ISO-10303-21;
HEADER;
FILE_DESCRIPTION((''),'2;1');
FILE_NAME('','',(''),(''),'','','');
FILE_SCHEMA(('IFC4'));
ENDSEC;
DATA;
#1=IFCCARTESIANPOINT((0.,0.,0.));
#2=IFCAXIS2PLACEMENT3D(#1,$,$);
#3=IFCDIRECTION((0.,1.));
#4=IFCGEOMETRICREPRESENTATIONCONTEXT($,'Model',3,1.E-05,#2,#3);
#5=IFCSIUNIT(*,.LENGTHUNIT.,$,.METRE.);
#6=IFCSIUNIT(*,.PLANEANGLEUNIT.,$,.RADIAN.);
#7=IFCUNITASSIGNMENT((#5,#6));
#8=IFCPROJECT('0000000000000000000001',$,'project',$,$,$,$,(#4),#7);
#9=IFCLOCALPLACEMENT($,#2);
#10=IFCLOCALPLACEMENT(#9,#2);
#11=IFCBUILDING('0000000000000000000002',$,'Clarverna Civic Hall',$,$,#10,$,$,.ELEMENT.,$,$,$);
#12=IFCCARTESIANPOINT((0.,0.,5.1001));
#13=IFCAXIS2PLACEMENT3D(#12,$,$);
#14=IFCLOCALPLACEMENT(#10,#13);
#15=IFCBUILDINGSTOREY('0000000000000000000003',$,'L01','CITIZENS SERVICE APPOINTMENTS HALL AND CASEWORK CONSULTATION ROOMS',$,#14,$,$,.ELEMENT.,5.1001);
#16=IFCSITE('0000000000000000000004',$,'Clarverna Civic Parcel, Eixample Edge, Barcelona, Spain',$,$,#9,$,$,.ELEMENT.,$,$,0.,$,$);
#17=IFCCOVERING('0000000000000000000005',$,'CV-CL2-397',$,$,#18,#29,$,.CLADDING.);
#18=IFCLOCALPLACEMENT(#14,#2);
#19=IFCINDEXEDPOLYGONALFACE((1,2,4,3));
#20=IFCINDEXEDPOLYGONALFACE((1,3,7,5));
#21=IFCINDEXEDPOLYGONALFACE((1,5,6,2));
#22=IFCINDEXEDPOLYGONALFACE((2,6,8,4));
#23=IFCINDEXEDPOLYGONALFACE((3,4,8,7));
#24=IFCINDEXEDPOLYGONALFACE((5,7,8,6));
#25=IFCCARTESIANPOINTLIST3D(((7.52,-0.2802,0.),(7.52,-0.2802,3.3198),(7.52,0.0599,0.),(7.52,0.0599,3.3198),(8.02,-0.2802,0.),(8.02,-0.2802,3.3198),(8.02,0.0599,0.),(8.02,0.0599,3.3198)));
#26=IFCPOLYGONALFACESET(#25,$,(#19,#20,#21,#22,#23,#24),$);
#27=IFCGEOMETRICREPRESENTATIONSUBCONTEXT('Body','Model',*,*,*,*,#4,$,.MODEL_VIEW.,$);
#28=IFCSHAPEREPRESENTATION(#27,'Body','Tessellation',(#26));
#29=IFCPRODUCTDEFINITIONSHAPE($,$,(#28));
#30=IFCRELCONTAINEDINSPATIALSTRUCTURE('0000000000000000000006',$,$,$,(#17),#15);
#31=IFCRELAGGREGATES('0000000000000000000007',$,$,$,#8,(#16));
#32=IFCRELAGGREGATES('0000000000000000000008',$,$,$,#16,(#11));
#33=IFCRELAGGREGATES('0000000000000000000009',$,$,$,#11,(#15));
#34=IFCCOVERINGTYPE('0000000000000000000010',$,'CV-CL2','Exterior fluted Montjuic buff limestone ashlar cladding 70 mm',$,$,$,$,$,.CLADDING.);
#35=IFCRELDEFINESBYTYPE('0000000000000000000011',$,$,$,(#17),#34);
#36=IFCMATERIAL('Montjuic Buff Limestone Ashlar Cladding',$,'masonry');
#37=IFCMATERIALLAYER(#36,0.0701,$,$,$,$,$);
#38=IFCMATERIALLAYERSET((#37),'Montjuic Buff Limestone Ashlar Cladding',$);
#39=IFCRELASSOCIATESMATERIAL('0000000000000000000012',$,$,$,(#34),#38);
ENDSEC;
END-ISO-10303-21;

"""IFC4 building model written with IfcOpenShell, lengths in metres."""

from ifc_helpers import new_model, si_unit, direction, frame, frame_2d, origin, place, context, subcontext, project, spatial, rectangle, extrude, material, layer, layer_set, type_object, element, save


model = new_model("IFC4")

# Units and contexts
model_context = context("Model", 3, precision=1e-05, world=origin(), true_north=direction((0.0, 1.0)))
body_context = subcontext(model_context, "Body", "Model", "MODEL_VIEW")
ifc_project = project(units=[si_unit("LENGTHUNIT", "METRE"), si_unit("PLANEANGLEUNIT", "RADIAN")], contexts=[model_context])

# Site, building, storey
site_placement = place(None, origin())
site = spatial("IfcSite", under=ifc_project, at=site_placement, Name="Clarverna Civic Parcel, Eixample Edge, Barcelona, Spain", CompositionType="ELEMENT", RefElevation=0.0)
building_placement = place(site_placement, origin())
building = spatial("IfcBuilding", under=site, at=building_placement, Name="Clarverna Civic Hall", CompositionType="ELEMENT")
storey_placement = place(building_placement, frame((0.0, 0.0, 5.1001)))
storey = spatial("IfcBuildingStorey", under=building, at=storey_placement, Name="L01", Description="CITIZENS SERVICE APPOINTMENTS HALL AND CASEWORK CONSULTATION ROOMS", CompositionType="ELEMENT", Elevation=5.1001)

# Covering
ifc_material_1 = material(Name="Montjuic Buff Limestone Ashlar Cladding", Category="masonry")
ifc_layer_1 = layer(ifc_material_1, 0.0701)
ifc_layer_set_1 = layer_set([ifc_layer_1], Name="Montjuic Buff Limestone Ashlar Cladding")
covering_type = type_object("IfcCoveringType", Name="CV-CL2", Description="Exterior fluted Montjuic buff limestone ashlar cladding 70 mm", PredefinedType="CLADDING", material=ifc_layer_set_1)
for number, where, z_axis, x_axis, name in (
    (1, (8.02, -0.1101, 0.0), (0.0, 0.0, 1.0), (-1.0, 0.0, 0.0), "CV-CL2-397"),
):
    element("IfcCovering", number, at=place(storey_placement, frame(where, z_axis=z_axis, x_axis=x_axis)), inside=storey, type_object=covering_type, Name=name, PredefinedType="CLADDING", context=body_context, shape_type="SweptSolid", body=[
        extrude(rectangle(XDim=0.5, YDim=0.3401, at=frame_2d((0.25, 0.0))), origin(), (0.0, 0.0, 1.0), 3.3198),
    ])

save(model, "model.ifc")
